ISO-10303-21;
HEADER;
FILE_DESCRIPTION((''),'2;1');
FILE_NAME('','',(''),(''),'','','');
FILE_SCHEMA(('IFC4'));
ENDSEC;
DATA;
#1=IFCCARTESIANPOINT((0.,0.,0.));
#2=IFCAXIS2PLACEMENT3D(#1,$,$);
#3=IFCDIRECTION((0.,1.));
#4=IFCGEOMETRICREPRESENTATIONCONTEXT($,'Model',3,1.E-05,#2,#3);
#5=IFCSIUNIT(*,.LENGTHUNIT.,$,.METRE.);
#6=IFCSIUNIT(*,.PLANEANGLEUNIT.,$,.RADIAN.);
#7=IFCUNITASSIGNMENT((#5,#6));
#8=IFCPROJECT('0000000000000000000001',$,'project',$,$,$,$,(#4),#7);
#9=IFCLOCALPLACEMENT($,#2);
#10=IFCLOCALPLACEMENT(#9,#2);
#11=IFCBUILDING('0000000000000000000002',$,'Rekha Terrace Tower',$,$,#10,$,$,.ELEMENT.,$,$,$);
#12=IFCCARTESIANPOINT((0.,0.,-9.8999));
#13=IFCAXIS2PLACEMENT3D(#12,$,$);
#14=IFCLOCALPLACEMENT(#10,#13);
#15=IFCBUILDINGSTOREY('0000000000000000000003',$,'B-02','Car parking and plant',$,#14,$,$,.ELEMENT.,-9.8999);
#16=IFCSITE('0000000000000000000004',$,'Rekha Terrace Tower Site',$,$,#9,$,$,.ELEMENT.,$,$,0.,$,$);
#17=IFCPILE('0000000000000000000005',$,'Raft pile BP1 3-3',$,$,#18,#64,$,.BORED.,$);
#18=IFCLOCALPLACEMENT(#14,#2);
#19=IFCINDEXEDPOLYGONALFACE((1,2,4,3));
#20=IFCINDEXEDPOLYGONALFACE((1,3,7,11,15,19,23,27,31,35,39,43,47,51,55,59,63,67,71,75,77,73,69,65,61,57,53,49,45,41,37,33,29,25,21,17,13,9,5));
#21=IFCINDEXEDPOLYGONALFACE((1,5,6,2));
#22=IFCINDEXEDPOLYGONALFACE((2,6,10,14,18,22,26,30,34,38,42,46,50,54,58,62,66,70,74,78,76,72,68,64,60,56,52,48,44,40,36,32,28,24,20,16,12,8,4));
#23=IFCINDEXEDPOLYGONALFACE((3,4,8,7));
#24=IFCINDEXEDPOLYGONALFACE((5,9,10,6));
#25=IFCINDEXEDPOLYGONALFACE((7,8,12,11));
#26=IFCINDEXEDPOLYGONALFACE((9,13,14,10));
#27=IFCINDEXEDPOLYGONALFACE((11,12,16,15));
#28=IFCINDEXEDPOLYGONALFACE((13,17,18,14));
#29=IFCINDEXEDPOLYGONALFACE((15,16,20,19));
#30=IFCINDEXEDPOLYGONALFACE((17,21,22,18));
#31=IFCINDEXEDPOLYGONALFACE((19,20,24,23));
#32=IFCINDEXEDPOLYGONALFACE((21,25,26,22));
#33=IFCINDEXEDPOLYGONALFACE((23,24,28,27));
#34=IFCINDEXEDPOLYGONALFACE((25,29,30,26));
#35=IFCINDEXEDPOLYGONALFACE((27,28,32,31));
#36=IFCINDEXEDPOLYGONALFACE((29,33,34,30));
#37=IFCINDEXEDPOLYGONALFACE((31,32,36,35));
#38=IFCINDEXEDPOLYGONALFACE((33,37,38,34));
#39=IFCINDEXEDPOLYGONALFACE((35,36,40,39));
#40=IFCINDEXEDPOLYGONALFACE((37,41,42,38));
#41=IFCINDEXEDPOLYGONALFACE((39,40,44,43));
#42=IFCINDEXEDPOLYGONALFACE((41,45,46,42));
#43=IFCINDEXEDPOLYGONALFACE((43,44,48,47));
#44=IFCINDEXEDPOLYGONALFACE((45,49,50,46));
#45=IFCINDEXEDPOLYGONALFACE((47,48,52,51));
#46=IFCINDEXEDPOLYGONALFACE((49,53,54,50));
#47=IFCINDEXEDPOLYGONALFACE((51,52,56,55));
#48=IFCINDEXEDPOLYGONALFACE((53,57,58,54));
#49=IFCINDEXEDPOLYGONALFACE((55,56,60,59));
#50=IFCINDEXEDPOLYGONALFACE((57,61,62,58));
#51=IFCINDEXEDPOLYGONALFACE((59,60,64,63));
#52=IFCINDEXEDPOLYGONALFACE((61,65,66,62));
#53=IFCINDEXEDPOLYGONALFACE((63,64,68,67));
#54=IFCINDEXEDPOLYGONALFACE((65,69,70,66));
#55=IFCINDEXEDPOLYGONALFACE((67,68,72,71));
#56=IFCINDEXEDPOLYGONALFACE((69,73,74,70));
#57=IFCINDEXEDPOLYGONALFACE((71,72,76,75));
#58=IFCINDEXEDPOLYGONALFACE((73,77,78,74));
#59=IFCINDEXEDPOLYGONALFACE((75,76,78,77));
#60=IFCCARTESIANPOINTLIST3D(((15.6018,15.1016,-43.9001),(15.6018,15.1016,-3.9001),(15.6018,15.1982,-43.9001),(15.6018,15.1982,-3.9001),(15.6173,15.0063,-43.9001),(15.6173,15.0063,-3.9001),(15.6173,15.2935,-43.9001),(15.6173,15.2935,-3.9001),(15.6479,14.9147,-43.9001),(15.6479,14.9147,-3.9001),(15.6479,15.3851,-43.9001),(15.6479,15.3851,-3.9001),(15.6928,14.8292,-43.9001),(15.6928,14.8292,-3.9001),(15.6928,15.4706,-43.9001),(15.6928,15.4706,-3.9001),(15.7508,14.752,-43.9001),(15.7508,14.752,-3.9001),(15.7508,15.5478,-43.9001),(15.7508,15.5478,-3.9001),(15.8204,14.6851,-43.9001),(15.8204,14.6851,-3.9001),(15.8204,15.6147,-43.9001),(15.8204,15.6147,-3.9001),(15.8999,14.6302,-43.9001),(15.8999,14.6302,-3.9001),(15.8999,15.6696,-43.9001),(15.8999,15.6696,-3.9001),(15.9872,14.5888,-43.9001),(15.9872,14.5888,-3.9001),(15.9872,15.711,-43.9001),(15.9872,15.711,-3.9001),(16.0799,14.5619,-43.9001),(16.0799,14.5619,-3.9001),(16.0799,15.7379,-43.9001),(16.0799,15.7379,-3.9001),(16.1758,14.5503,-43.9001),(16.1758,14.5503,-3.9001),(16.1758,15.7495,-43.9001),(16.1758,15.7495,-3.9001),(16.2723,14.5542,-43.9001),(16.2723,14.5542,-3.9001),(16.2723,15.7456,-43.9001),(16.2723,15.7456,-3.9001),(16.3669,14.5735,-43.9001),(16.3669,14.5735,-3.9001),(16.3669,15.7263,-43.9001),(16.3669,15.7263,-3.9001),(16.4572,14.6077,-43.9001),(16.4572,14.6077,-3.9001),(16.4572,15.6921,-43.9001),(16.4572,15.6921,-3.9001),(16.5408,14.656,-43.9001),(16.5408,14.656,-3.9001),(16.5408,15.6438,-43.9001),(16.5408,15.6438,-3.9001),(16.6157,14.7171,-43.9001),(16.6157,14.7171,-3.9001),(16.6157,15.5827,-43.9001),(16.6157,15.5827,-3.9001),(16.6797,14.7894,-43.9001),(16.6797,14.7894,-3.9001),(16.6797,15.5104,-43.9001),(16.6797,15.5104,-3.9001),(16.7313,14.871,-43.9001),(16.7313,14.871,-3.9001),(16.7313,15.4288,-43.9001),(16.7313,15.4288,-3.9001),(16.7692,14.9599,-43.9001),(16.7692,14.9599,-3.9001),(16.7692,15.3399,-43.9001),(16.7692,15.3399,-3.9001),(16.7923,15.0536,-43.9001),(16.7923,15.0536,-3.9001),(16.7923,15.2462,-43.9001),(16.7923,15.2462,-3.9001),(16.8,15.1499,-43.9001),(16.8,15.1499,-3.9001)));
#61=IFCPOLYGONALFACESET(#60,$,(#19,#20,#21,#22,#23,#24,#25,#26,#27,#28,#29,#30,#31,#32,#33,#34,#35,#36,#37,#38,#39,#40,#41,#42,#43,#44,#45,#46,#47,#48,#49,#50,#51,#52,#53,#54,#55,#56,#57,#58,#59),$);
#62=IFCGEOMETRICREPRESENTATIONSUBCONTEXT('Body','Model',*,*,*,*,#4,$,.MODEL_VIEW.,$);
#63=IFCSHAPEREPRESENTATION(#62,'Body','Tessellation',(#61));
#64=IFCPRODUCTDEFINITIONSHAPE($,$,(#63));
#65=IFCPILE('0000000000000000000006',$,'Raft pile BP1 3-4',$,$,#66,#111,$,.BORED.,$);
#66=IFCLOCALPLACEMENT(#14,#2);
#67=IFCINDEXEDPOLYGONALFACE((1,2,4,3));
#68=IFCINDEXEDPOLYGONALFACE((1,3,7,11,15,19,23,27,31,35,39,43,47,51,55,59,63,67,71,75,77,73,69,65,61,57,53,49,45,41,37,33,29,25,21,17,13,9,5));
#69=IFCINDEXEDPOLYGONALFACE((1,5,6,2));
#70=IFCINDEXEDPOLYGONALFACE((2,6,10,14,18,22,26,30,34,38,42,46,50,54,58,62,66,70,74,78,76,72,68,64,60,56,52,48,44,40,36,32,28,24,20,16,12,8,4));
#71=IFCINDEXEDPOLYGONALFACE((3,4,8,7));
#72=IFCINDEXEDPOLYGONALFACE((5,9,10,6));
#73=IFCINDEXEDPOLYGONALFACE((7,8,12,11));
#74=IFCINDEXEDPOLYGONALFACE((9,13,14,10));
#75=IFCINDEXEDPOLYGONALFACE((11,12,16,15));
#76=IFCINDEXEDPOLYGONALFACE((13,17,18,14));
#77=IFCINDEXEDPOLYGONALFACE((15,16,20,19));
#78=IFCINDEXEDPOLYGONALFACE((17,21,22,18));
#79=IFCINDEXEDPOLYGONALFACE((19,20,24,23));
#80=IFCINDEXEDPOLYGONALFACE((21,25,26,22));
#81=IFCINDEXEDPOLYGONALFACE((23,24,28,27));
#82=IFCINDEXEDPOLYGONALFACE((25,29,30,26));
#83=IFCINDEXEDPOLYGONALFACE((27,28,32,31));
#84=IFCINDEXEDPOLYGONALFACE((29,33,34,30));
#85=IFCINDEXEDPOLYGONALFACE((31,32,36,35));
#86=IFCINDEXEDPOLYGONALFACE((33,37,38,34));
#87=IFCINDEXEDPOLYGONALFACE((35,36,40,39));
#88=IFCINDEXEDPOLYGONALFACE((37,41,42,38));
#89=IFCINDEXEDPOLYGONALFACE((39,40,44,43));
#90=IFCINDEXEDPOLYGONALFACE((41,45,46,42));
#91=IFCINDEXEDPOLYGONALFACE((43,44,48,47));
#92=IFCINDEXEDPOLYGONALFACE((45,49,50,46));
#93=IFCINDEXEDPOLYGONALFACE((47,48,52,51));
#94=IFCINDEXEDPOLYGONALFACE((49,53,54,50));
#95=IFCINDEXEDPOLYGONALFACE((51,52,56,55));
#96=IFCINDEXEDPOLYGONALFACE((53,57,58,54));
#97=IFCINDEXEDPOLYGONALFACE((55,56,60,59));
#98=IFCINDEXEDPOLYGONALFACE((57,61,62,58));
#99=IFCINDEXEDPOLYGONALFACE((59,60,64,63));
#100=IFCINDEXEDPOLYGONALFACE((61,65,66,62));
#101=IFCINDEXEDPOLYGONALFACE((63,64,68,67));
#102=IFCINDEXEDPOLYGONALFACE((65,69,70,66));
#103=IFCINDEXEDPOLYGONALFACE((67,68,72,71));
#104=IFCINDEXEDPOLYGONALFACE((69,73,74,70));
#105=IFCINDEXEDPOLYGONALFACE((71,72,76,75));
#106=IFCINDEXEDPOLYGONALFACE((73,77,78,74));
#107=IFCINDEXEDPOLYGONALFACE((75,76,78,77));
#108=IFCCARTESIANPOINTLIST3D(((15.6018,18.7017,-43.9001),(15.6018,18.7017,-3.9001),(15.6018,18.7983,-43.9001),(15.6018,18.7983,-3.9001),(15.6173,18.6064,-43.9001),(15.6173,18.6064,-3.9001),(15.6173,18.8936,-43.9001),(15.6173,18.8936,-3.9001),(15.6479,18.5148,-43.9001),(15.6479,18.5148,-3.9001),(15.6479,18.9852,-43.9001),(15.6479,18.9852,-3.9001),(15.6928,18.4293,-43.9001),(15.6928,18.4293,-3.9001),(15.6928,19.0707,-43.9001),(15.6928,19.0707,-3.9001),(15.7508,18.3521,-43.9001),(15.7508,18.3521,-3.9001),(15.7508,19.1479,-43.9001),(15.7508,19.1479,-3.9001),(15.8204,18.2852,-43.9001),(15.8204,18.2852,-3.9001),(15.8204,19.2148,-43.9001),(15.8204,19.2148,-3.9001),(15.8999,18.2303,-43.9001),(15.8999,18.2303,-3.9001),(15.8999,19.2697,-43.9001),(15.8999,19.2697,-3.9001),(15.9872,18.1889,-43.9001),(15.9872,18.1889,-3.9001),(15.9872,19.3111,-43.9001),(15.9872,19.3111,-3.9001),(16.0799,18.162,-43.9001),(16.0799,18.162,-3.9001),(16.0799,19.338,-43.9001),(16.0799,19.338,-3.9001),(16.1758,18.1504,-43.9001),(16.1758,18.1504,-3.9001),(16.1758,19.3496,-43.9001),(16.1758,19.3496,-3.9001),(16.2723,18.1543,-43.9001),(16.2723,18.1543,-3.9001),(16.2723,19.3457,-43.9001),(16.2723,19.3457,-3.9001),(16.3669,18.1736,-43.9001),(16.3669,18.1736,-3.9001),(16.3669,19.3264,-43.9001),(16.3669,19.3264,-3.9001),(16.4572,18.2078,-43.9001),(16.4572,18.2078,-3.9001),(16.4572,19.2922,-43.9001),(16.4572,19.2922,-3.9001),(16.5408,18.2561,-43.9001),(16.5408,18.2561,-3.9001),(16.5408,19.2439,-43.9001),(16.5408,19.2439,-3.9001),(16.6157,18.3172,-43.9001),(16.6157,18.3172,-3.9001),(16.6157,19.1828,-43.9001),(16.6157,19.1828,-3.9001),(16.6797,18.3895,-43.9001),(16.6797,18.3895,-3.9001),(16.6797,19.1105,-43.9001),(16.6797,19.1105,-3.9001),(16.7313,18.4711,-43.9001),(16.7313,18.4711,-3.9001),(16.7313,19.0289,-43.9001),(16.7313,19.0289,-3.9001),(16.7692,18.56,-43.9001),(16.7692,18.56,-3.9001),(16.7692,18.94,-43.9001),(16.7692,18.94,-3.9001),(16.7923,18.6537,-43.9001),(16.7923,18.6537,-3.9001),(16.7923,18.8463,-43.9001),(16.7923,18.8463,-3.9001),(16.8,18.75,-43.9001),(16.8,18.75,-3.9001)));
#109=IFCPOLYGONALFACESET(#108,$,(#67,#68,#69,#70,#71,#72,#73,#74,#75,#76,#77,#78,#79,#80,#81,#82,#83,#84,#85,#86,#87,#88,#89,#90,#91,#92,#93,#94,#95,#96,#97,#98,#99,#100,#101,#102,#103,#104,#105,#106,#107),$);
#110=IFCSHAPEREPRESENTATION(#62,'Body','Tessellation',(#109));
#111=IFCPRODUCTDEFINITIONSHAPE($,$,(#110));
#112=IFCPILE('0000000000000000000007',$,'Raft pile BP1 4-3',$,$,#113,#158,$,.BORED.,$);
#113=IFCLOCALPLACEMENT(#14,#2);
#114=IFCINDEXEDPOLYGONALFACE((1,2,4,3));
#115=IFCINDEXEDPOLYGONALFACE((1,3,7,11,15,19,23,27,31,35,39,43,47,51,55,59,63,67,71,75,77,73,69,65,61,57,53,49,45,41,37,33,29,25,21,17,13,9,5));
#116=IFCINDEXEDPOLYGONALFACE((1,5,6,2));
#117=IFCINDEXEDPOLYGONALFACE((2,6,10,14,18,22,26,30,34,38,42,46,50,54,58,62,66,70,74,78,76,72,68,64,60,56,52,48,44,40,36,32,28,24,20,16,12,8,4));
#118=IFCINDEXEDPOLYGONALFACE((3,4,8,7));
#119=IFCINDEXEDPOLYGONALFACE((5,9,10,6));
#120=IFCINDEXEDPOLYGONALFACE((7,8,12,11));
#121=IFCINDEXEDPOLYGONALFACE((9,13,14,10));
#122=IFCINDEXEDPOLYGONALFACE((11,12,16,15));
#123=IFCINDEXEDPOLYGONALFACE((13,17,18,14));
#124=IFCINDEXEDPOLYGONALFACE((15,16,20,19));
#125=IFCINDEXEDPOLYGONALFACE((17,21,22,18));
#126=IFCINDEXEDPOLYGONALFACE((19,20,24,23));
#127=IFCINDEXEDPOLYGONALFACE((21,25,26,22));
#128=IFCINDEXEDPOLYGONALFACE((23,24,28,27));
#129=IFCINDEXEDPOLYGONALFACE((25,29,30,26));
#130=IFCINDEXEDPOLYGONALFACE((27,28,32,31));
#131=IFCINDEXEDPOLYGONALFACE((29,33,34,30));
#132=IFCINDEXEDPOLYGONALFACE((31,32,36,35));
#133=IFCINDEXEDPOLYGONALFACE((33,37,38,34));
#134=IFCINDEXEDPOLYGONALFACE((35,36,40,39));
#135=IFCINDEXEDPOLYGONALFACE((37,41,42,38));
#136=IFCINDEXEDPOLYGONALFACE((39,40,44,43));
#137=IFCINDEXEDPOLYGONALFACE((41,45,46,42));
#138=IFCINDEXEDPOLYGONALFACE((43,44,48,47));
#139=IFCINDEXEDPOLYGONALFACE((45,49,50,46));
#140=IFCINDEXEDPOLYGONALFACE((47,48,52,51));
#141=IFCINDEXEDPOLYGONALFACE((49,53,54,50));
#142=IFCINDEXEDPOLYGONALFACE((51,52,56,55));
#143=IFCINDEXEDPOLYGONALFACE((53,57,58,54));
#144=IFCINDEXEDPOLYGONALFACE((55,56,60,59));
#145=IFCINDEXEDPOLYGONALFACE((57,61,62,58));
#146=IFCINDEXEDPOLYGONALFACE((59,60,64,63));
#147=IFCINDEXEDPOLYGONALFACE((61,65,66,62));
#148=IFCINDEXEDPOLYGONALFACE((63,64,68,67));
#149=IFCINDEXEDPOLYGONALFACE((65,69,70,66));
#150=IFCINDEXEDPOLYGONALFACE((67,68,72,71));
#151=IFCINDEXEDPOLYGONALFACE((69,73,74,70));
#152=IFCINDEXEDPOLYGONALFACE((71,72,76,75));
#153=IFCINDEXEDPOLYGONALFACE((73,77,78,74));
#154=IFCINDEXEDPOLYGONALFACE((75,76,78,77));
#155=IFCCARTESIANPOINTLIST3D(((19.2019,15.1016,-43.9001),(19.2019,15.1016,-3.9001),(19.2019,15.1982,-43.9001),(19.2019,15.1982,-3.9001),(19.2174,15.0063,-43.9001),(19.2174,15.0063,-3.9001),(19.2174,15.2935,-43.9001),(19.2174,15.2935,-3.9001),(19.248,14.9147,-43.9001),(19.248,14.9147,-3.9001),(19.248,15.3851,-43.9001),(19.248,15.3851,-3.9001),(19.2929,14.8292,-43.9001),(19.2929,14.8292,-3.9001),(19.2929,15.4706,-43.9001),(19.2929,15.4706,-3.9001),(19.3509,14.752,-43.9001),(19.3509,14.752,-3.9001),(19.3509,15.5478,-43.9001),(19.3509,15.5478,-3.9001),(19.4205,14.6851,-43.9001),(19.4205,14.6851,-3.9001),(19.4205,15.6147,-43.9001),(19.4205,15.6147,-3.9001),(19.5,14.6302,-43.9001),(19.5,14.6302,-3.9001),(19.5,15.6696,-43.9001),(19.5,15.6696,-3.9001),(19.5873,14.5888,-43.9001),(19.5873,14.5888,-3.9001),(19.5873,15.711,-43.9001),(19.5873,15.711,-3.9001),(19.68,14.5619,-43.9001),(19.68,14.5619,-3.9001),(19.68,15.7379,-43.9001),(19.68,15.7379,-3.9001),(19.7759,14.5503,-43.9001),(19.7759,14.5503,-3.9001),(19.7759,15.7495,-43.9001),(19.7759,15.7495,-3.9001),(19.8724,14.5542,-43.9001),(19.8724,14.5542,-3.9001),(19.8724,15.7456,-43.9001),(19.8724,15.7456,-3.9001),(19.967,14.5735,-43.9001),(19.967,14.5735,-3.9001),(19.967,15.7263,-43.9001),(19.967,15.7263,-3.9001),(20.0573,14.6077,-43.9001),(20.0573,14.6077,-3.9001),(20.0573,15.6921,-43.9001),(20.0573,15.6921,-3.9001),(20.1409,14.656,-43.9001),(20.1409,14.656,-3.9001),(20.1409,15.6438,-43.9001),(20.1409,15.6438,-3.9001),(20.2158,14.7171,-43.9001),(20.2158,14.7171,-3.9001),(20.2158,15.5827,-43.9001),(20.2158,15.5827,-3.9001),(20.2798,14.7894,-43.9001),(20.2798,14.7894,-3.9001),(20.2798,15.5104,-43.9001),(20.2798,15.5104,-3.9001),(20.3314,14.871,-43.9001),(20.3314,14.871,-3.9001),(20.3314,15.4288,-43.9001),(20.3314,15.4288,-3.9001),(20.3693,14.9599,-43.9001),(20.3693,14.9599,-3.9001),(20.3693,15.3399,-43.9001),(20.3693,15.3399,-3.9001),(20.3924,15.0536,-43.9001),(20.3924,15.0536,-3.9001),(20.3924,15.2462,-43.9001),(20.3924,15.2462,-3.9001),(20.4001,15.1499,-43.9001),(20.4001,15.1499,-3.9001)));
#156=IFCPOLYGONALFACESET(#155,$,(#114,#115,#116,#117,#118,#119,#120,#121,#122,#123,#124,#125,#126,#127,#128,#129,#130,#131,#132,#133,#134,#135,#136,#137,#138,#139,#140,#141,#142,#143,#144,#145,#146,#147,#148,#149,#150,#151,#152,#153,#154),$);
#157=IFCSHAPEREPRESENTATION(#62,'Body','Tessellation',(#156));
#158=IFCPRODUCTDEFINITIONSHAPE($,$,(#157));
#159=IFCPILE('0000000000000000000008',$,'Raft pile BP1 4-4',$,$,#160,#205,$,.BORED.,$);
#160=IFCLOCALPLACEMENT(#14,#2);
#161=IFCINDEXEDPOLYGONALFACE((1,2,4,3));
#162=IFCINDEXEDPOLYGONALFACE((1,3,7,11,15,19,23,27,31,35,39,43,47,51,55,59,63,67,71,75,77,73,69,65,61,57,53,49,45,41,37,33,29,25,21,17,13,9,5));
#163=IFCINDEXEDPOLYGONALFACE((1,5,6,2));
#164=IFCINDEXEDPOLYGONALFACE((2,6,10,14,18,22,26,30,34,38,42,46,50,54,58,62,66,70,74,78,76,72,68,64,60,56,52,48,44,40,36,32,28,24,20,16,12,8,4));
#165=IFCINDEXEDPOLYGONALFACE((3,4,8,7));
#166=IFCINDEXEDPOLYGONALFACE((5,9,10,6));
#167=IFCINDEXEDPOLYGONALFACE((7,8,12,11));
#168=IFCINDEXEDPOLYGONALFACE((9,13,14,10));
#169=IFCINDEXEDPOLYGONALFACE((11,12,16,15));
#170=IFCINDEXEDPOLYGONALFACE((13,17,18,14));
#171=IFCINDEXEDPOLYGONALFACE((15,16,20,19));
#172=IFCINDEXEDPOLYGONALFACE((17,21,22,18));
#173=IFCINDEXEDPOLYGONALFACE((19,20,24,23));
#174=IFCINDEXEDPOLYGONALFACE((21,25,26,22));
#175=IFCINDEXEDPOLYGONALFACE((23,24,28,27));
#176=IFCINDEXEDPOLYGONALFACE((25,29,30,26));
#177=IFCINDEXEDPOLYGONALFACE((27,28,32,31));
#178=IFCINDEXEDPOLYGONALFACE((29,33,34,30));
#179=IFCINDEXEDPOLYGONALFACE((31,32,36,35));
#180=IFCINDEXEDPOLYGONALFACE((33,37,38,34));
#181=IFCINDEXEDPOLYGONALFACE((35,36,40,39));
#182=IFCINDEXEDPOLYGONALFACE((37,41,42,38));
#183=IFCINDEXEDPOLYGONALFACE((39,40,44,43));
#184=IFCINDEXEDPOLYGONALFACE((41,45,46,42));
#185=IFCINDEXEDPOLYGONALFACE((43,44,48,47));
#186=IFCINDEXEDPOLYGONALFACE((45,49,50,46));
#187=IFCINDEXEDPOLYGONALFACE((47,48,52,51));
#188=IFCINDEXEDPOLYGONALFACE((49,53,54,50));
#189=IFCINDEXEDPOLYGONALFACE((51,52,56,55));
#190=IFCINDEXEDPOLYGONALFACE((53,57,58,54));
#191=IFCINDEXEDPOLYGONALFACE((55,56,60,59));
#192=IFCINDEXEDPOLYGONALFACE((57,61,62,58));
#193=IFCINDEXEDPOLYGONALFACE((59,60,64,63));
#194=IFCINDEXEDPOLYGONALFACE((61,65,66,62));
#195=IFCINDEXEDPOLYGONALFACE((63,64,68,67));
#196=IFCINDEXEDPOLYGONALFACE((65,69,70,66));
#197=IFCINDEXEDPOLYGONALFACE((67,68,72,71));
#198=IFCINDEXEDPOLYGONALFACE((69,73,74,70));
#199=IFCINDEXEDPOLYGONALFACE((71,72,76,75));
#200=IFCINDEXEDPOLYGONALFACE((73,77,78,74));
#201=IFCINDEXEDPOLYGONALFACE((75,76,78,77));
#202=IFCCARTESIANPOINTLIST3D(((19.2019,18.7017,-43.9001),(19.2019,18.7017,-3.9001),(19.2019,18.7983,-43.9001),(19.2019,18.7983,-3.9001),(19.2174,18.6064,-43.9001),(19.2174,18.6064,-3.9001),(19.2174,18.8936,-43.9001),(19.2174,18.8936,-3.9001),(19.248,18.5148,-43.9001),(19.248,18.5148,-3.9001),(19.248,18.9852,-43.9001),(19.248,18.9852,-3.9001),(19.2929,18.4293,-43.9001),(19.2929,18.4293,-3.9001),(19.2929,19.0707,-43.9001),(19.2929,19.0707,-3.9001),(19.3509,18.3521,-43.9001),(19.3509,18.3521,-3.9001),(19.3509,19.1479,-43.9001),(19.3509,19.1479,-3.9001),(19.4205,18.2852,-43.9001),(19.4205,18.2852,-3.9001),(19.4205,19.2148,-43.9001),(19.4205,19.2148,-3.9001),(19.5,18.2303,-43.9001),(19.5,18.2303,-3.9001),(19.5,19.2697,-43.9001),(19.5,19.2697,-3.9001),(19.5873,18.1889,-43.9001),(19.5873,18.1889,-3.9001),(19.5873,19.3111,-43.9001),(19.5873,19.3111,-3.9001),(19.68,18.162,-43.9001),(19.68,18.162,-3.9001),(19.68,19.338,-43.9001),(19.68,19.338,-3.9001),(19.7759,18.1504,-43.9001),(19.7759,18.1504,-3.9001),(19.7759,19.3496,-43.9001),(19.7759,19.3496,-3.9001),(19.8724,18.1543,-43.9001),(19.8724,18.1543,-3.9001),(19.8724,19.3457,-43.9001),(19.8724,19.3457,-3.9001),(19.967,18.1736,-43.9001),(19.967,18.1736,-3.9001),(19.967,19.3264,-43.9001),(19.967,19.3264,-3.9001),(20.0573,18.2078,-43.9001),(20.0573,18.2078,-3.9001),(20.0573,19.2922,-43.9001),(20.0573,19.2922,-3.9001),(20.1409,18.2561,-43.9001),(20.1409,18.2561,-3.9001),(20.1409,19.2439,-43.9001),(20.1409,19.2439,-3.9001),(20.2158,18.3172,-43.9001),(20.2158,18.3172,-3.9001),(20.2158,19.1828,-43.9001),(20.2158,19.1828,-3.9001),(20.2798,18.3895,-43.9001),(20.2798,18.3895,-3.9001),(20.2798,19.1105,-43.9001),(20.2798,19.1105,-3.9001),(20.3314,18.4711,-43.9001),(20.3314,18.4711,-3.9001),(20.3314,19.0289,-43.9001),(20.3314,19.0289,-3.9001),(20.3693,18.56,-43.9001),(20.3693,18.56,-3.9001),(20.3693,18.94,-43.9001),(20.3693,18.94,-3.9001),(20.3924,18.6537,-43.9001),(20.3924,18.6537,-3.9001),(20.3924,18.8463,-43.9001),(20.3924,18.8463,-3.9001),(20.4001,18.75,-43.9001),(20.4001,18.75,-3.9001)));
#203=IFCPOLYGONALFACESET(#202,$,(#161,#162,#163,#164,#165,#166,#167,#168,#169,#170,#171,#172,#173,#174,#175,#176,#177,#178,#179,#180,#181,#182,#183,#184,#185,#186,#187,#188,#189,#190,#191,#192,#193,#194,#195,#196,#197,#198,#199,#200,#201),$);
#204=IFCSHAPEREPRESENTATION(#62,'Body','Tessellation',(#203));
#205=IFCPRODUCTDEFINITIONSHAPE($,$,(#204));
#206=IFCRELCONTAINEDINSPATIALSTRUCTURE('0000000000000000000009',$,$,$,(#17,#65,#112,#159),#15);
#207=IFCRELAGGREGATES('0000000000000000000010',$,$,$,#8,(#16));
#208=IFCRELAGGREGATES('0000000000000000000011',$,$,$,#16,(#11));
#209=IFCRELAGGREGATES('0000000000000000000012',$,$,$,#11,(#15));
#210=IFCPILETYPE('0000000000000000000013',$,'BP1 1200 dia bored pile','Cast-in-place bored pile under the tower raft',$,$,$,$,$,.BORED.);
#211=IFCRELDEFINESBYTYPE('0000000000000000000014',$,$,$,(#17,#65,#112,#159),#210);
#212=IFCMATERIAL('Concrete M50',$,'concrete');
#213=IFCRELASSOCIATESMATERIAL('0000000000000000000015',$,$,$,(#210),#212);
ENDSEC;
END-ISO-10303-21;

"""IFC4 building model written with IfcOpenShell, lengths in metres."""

from ifc_helpers import new_model, si_unit, direction, frame, origin, origin_2d, place, context, subcontext, project, spatial, circle, extrude, material, type_object, element, save


model = new_model("IFC4")

# Units and contexts
model_context = context("Model", 3, precision=1e-05, world=origin(), true_north=direction((0.0, 1.0)))
body_context = subcontext(model_context, "Body", "Model", "MODEL_VIEW")
ifc_project = project(units=[si_unit("LENGTHUNIT", "METRE"), si_unit("PLANEANGLEUNIT", "RADIAN")], contexts=[model_context])

# Site, building, storey
site_placement = place(None, origin())
site = spatial("IfcSite", under=ifc_project, at=site_placement, Name="Rekha Terrace Tower Site", CompositionType="ELEMENT", RefElevation=0.0)
building_placement = place(site_placement, origin())
building = spatial("IfcBuilding", under=site, at=building_placement, Name="Rekha Terrace Tower", CompositionType="ELEMENT")
storey_placement = place(building_placement, frame((0.0, 0.0, -9.8999)))
storey = spatial("IfcBuildingStorey", under=building, at=storey_placement, Name="B-02", Description="Car parking and plant", CompositionType="ELEMENT", Elevation=-9.8999)

# Piles
ifc_material_1 = material(Name="Concrete M50", Category="concrete")
pile_type = type_object("IfcPileType", Name="BP1 1200 dia bored pile", Description="Cast-in-place bored pile under the tower raft", PredefinedType="BORED", material=ifc_material_1)
for number, where, z_axis, x_axis, name in (
    (1, (16.2, 15.1499, -3.9001), (0.0, 0.0, -1.0), (1.0, 0.0, 0.0), "Raft pile BP1 3-3"),
    (2, (16.2, 18.75, -3.9001), (0.0, 0.0, -1.0), (1.0, 0.0, 0.0), "Raft pile BP1 3-4"),
    (3, (19.8, 15.1499, -3.9001), (0.0, 0.0, -1.0), (1.0, 0.0, 0.0), "Raft pile BP1 4-3"),
    (4, (19.8, 18.75, -3.9001), (0.0, 0.0, -1.0), (1.0, 0.0, 0.0), "Raft pile BP1 4-4"),
):
    element("IfcPile", number, at=place(storey_placement, frame(where, z_axis=z_axis, x_axis=x_axis)), inside=storey, type_object=pile_type, Name=name, PredefinedType="BORED", context=body_context, shape_type="SweptSolid", body=[
        extrude(circle(Radius=0.6001, at=origin_2d()), origin(), (0.0, 0.0, 1.0), 40.0),
    ])

save(model, "model.ifc")
